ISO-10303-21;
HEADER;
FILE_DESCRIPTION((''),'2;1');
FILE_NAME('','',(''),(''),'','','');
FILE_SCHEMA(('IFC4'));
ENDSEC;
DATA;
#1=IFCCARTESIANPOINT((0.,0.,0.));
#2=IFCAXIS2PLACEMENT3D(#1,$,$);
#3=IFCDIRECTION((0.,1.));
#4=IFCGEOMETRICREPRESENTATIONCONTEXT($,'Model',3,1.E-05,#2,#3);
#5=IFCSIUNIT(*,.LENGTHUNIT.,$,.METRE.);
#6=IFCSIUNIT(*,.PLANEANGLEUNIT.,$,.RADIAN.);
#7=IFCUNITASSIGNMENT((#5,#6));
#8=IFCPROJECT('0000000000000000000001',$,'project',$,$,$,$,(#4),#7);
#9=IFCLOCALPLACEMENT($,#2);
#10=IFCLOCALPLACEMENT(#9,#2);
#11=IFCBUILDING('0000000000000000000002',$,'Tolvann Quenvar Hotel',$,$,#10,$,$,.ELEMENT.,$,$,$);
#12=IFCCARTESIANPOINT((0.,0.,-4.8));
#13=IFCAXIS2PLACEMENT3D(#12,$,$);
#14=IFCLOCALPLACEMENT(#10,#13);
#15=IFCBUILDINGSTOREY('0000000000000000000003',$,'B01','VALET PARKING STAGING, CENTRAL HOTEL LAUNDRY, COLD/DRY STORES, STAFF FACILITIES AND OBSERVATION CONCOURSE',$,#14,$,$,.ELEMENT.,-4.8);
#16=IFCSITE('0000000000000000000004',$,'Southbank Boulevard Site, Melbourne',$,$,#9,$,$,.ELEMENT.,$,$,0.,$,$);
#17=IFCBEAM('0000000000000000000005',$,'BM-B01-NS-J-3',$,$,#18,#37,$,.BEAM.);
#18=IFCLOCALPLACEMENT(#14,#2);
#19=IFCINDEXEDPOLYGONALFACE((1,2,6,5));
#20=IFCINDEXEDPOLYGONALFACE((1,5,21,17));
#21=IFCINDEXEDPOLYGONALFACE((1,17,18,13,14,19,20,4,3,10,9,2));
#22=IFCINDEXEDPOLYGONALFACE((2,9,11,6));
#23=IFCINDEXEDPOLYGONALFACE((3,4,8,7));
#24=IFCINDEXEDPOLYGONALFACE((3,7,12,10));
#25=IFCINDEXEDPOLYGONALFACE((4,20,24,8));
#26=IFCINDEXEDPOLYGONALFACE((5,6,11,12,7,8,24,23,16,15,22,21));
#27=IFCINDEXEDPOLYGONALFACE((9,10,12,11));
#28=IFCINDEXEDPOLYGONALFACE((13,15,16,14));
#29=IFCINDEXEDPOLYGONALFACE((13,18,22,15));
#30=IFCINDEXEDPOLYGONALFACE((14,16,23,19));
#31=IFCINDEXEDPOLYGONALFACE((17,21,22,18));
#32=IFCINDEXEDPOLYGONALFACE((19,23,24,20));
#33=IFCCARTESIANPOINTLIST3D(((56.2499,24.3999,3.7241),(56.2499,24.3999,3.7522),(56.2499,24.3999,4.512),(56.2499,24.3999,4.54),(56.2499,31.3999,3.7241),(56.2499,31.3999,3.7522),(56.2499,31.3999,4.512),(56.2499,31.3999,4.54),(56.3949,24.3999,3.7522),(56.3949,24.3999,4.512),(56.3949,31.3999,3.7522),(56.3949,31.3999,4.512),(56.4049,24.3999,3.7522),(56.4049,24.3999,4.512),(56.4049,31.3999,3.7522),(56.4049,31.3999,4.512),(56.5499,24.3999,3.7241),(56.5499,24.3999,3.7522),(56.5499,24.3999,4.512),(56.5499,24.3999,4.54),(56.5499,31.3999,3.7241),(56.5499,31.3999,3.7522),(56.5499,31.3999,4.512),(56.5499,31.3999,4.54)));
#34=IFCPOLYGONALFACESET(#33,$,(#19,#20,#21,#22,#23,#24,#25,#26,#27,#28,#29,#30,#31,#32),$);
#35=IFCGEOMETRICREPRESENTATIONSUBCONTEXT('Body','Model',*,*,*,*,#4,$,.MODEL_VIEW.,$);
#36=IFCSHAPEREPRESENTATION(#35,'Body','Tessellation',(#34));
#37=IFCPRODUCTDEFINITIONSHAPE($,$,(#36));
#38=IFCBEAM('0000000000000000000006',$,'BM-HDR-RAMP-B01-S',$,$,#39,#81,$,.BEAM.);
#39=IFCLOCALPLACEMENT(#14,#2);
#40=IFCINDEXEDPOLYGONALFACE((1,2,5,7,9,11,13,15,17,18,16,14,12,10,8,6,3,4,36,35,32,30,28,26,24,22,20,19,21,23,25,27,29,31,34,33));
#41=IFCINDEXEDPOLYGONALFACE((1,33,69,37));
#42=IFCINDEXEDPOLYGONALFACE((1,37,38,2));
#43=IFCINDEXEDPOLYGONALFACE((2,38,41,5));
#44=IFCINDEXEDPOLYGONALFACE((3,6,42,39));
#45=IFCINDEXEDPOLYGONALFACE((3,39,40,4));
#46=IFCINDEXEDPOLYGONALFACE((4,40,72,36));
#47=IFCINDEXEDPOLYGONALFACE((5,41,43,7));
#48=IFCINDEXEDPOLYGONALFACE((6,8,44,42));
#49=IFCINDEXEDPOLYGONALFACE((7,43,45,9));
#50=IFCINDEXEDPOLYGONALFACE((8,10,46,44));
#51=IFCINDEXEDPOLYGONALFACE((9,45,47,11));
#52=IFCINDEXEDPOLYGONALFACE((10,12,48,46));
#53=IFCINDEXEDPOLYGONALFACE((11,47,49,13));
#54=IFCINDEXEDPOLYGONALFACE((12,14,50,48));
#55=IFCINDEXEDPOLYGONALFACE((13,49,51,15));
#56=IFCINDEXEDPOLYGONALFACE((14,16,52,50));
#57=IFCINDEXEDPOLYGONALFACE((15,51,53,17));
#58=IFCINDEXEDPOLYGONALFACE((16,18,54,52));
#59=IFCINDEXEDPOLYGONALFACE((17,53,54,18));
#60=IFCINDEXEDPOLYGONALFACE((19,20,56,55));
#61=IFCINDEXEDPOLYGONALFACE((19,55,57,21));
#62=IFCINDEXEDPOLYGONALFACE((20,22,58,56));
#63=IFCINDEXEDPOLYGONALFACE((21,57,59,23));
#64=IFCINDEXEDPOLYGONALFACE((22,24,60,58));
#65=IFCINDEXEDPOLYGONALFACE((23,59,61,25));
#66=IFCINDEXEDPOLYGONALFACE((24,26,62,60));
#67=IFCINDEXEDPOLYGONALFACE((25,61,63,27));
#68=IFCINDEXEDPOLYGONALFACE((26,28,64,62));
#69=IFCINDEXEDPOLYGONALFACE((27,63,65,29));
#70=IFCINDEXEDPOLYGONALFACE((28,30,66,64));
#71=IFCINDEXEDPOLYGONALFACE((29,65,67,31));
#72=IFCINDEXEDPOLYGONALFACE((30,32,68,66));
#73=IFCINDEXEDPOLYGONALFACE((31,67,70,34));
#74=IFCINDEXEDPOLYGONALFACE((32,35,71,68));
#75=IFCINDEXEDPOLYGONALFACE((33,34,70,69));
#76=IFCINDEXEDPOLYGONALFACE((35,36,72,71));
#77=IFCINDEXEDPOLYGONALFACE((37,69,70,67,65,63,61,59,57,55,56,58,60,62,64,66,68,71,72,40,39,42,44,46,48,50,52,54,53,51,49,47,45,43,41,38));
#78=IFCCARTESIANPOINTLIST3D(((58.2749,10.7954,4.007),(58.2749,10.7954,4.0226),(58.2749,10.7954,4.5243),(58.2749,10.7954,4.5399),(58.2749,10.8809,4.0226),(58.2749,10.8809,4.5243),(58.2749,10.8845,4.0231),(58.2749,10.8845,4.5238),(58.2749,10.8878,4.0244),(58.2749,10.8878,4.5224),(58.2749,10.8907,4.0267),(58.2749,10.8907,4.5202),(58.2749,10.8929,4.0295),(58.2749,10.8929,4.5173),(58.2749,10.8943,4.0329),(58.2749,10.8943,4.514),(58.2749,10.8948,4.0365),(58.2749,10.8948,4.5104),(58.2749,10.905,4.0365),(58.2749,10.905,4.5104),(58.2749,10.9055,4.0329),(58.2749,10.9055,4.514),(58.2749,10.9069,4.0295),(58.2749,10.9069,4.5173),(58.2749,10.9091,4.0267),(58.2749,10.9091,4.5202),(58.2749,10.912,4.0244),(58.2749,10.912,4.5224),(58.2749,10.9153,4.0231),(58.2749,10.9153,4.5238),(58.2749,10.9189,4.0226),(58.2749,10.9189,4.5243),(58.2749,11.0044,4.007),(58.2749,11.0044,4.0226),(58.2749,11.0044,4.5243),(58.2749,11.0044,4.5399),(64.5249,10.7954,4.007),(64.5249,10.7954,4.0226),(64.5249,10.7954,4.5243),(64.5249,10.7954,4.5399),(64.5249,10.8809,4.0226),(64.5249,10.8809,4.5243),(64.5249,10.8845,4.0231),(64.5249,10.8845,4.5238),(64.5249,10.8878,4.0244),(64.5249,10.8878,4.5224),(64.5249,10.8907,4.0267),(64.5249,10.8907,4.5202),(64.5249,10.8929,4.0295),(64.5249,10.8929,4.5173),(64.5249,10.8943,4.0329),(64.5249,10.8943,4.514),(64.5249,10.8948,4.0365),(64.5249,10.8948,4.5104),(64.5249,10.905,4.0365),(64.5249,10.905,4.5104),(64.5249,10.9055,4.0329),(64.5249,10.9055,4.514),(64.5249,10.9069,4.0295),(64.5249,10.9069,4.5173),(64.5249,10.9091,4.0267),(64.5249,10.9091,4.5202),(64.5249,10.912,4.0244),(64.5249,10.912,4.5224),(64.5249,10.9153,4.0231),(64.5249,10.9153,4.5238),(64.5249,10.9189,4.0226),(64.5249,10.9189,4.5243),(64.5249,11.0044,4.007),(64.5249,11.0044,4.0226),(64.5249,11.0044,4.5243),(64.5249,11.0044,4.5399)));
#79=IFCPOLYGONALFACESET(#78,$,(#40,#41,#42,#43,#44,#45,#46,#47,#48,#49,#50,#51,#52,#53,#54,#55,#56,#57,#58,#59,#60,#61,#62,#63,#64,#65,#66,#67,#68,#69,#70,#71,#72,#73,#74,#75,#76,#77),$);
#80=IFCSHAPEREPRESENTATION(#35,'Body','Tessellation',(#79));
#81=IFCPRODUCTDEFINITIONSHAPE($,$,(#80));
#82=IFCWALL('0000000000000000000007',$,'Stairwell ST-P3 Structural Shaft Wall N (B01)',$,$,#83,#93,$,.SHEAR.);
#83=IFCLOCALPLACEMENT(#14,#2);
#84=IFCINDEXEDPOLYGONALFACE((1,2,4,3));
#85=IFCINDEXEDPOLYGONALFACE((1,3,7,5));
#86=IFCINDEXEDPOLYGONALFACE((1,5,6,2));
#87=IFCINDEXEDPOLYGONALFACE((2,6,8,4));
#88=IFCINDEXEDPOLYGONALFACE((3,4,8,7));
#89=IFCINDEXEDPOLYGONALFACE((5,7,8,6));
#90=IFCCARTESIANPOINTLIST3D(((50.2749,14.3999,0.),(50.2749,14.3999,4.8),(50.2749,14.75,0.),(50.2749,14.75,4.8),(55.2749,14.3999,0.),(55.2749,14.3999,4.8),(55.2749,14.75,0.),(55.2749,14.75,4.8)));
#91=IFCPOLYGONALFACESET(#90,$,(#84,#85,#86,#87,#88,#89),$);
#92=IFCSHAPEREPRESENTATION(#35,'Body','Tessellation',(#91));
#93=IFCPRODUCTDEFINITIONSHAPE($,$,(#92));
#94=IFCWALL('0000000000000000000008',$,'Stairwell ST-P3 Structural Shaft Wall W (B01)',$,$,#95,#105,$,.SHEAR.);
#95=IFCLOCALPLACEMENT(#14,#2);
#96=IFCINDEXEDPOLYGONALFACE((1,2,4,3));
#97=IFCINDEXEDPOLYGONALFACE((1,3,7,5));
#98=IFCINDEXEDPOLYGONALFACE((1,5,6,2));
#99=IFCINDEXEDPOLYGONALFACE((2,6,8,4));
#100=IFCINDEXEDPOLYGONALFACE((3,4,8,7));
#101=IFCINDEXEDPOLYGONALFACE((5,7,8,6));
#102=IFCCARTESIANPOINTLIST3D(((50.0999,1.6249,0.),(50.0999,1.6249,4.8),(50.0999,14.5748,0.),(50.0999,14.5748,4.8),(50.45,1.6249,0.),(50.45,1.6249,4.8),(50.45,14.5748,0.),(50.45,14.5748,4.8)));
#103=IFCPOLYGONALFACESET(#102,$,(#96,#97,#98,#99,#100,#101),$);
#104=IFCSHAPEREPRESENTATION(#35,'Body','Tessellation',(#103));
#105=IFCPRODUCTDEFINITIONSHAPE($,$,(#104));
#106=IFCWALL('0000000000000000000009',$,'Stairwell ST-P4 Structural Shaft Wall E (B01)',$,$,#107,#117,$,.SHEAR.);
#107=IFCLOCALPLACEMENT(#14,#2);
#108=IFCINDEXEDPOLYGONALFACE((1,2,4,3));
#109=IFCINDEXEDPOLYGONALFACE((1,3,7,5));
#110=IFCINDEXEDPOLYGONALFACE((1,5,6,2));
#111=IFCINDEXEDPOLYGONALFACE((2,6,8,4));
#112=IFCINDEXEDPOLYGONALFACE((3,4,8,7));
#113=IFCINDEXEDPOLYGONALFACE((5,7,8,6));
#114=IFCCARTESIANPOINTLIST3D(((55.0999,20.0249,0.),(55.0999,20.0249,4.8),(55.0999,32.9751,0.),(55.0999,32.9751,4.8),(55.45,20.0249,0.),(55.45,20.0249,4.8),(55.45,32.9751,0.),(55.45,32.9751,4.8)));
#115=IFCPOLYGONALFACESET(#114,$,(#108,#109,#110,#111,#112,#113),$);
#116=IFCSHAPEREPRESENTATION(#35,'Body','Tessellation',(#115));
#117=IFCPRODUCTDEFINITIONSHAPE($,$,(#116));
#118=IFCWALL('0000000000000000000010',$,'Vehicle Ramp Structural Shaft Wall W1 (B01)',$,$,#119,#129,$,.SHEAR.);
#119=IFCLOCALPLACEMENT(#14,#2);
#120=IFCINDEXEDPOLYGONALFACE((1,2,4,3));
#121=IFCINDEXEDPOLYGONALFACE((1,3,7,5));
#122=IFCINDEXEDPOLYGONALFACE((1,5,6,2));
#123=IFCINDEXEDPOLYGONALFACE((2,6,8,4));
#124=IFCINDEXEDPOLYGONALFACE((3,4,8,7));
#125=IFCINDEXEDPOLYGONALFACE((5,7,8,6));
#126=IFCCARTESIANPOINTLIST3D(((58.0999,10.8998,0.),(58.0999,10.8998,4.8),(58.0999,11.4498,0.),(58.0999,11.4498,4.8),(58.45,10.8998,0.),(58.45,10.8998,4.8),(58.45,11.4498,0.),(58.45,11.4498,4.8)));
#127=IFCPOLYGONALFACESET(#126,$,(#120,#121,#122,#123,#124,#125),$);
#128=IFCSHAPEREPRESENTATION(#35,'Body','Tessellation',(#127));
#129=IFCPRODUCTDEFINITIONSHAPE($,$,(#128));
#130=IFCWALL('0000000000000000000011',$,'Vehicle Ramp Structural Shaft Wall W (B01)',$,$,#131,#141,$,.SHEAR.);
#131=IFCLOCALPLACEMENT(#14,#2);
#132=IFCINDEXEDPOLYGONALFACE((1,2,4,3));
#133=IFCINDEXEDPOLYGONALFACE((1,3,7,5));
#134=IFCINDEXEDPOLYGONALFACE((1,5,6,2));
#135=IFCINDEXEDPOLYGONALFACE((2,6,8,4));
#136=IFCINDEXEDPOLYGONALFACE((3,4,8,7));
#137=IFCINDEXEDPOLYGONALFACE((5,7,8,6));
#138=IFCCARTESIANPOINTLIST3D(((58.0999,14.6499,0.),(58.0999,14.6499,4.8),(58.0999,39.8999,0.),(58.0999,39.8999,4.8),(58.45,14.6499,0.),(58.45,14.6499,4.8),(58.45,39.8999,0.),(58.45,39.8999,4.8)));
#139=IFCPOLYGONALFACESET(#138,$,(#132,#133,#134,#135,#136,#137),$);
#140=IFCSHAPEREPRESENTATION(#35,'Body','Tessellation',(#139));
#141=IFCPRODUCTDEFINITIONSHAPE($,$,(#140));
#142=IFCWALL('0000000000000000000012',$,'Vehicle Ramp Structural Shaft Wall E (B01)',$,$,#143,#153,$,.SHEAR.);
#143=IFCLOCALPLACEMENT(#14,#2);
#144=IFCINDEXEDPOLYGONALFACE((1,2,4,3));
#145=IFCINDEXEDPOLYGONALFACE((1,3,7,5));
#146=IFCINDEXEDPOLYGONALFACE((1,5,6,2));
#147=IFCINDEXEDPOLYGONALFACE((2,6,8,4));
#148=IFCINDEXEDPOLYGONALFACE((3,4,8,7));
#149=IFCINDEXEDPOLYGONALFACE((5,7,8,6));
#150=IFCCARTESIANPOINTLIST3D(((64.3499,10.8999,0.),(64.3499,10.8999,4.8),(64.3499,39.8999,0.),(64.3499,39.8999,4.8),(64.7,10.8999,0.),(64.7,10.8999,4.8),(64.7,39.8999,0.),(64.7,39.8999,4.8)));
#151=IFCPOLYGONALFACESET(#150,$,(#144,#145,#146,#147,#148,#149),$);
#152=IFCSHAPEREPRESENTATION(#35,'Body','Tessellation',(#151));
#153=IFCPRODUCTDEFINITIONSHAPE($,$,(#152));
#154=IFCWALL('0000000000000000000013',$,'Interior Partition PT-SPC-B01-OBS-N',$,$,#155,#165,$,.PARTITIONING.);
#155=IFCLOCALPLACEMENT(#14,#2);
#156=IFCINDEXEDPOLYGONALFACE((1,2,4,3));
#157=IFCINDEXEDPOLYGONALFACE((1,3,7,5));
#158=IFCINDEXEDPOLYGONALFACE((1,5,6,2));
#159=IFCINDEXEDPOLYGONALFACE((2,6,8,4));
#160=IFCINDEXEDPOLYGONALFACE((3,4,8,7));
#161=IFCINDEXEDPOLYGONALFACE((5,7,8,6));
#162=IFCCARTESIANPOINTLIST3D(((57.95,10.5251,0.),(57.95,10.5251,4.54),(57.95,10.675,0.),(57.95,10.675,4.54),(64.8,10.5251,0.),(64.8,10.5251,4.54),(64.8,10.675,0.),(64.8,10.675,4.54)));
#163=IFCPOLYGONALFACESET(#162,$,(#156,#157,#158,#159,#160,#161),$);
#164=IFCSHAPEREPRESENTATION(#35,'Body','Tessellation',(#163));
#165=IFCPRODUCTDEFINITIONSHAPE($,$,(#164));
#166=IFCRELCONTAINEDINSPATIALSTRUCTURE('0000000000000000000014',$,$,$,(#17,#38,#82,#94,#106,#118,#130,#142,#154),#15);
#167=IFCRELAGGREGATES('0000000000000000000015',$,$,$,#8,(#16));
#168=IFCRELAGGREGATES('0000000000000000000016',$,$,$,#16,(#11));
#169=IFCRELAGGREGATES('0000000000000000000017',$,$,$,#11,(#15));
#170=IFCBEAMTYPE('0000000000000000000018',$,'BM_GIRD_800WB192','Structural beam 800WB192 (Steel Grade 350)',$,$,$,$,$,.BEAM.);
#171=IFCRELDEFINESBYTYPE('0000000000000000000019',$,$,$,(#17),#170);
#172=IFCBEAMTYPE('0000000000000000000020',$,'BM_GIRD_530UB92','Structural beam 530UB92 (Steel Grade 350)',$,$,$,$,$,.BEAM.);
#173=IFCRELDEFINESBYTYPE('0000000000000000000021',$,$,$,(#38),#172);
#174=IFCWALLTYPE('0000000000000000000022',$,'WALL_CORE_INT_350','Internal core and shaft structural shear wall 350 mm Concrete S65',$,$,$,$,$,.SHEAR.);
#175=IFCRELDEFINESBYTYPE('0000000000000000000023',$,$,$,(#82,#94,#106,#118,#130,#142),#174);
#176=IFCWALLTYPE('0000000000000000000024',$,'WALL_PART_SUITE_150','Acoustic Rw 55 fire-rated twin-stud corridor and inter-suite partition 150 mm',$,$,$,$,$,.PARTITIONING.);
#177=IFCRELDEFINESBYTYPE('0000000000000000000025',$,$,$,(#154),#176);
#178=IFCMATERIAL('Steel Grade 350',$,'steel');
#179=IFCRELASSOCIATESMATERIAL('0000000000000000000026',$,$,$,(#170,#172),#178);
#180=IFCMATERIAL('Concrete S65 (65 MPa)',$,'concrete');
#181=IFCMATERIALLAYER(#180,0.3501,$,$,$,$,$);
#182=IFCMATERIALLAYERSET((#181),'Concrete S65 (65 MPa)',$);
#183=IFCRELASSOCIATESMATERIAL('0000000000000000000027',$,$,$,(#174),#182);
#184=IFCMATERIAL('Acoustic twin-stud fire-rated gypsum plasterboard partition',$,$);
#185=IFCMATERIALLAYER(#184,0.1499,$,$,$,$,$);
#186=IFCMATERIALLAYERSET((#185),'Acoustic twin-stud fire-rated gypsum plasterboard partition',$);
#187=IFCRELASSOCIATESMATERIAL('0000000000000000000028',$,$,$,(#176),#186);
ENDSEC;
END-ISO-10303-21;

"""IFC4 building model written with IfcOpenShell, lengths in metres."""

from ifc_helpers import new_model, si_unit, direction, frame, frame_2d, origin, origin_2d, place, context, subcontext, project, spatial, rectangle, i_section, extrude, source, transform, mapped, material, layer, layer_set, material_profile, profile_set, type_object, type_shapes, element, save


model = new_model("IFC4")

# Units and contexts
model_context = context("Model", 3, precision=1e-05, world=origin(), true_north=direction((0.0, 1.0)))
body_context = subcontext(model_context, "Body", "Model", "MODEL_VIEW")
ifc_project = project(units=[si_unit("LENGTHUNIT", "METRE"), si_unit("PLANEANGLEUNIT", "RADIAN")], contexts=[model_context])

# Site, building, storey
site_placement = place(None, origin())
site = spatial("IfcSite", under=ifc_project, at=site_placement, Name="Southbank Boulevard Site, Melbourne", CompositionType="ELEMENT", RefElevation=0.0)
building_placement = place(site_placement, origin())
building = spatial("IfcBuilding", under=site, at=building_placement, Name="Tolvann Quenvar Hotel", CompositionType="ELEMENT")
storey_placement = place(building_placement, frame((0.0, 0.0, -4.8)))
storey = spatial("IfcBuildingStorey", under=building, at=storey_placement, Name="B01", Description="VALET PARKING STAGING, CENTRAL HOTEL LAUNDRY, COLD/DRY STORES, STAFF FACILITIES AND OBSERVATION CONCOURSE", CompositionType="ELEMENT", Elevation=-4.8)

# Beams
ifc_material_1 = material(Name="Steel Grade 350", Category="steel")
ifc_material_profile_1 = material_profile(ifc_material_1, i_section(OverallWidth=0.3, OverallDepth=0.8159, WebThickness=0.01, FlangeThickness=0.0281, at=origin_2d()), Name="800WB192")
ifc_profile_set_1 = profile_set([ifc_material_profile_1], Name="Steel Grade 350")
beam_type_1 = type_object("IfcBeamType", Name="BM_GIRD_800WB192", Description="Structural beam 800WB192 (Steel Grade 350)", PredefinedType="BEAM", material=ifc_profile_set_1)
shared_shape_1 = source(origin(), body_context, "Body", "SweptSolid", [
    extrude(i_section(OverallWidth=0.3, OverallDepth=0.8159, WebThickness=0.01, FlangeThickness=0.0281, at=origin_2d()), origin(), (0.0, 0.0, 1.0), 7.0),
])
for number, where, z_axis, x_axis, name in (
    (1, (56.3999, 24.3999, 4.1321), (0.0, 1.0, 0.0), (-1.0, 0.0, 0.0), "BM-B01-NS-J-3"),
):
    element("IfcBeam", number, at=place(storey_placement, frame(where, z_axis=z_axis, x_axis=x_axis)), inside=storey, type_object=beam_type_1, Name=name, PredefinedType="BEAM", context=body_context, shape_type="MappedRepresentation", body=[
        mapped(shared_shape_1, transform((0.0, 0.0, 0.0), x_axis=(1.0, 0.0, 0.0), y_axis=(0.0, 1.0, 0.0), z_axis=(0.0, 0.0, 1.0), scale=1.0)),
    ])
ifc_material_profile_2 = material_profile(ifc_material_1, i_section(OverallWidth=0.209, OverallDepth=0.533, WebThickness=0.0103, FlangeThickness=0.0156, FilletRadius=0.0139, at=origin_2d()), Name="530UB92")
ifc_profile_set_2 = profile_set([ifc_material_profile_2], Name="Steel Grade 350")
beam_type_2 = type_object("IfcBeamType", Name="BM_GIRD_530UB92", Description="Structural beam 530UB92 (Steel Grade 350)", PredefinedType="BEAM", material=ifc_profile_set_2)
shared_shape_2 = source(origin(), body_context, "Body", "SweptSolid", [
    extrude(i_section(OverallWidth=0.209, OverallDepth=0.533, WebThickness=0.0103, FlangeThickness=0.0156, FilletRadius=0.0139, at=origin_2d()), origin(), (0.0, 0.0, 1.0), 6.25),
])
type_shapes(beam_type_2, [shared_shape_2])
beam_placement = place(storey_placement, frame((58.2749, 10.8999, 4.2734), z_axis=(1.0, 0.0, 0.0), x_axis=(0.0, 1.0, 0.0)))
element("IfcBeam", 2, at=beam_placement, inside=storey, type_object=beam_type_2, Name="BM-HDR-RAMP-B01-S", PredefinedType="BEAM", context=body_context, shape_type="MappedRepresentation", body=[
    mapped(shared_shape_2, transform((0.0, 0.0, 0.0), x_axis=(1.0, 0.0, 0.0), y_axis=(0.0, 1.0, 0.0), z_axis=(0.0, 0.0, 1.0), scale=1.0)),
])

# Walls
ifc_material_2 = material(Name="Concrete S65 (65 MPa)", Category="concrete")
ifc_layer_1 = layer(ifc_material_2, 0.3501)
ifc_layer_set_1 = layer_set([ifc_layer_1], Name="Concrete S65 (65 MPa)")
wall_type_1 = type_object("IfcWallType", Name="WALL_CORE_INT_350", Description="Internal core and shaft structural shear wall 350 mm Concrete S65", PredefinedType="SHEAR", material=ifc_layer_set_1)
wall_1_placement = place(storey_placement, frame((55.2749, 14.575, 0.0), z_axis=(0.0, 0.0, 1.0), x_axis=(-1.0, 0.0, 0.0)))
element("IfcWall", 3, at=wall_1_placement, inside=storey, type_object=wall_type_1, Name="Stairwell ST-P3 Structural Shaft Wall N (B01)", PredefinedType="SHEAR", context=body_context, shape_type="SweptSolid", body=[
    extrude(rectangle(XDim=5.0, YDim=0.3501, at=frame_2d((2.5, 0.0))), origin(), (0.0, 0.0, 1.0), 4.8),
])
wall_2_placement = place(storey_placement, frame((50.2749, 14.575, 0.0), z_axis=(0.0, 0.0, 1.0), x_axis=(0.0, -1.0, 0.0)))
element("IfcWall", 4, at=wall_2_placement, inside=storey, type_object=wall_type_1, Name="Stairwell ST-P3 Structural Shaft Wall W (B01)", PredefinedType="SHEAR", context=body_context, shape_type="SweptSolid", body=[
    extrude(rectangle(XDim=12.95, YDim=0.3501, at=frame_2d((6.4751, 0.0))), origin(), (0.0, 0.0, 1.0), 4.8),
])
wall_3_placement = place(storey_placement, frame((55.2749, 20.0249, 0.0), z_axis=(0.0, 0.0, 1.0), x_axis=(0.0, 1.0, 0.0)))
element("IfcWall", 5, at=wall_3_placement, inside=storey, type_object=wall_type_1, Name="Stairwell ST-P4 Structural Shaft Wall E (B01)", PredefinedType="SHEAR", context=body_context, shape_type="SweptSolid", body=[
    extrude(rectangle(XDim=12.9502, YDim=0.3501, at=frame_2d((6.4751, 0.0))), origin(), (0.0, 0.0, 1.0), 4.8),
])
wall_4_placement = place(storey_placement, frame((58.2749, 10.8999, 0.0), z_axis=(0.0, 0.0, 1.0), x_axis=(0.0, 1.0, 0.0)))
element("IfcWall", 6, at=wall_4_placement, inside=storey, type_object=wall_type_1, Name="Vehicle Ramp Structural Shaft Wall W1 (B01)", PredefinedType="SHEAR", context=body_context, shape_type="SweptSolid", body=[
    extrude(rectangle(XDim=0.55, YDim=0.3501, at=frame_2d((0.2749, 0.0))), origin(), (0.0, 0.0, 1.0), 4.8),
])
wall_5_placement = place(storey_placement, frame((58.2749, 14.6499, 0.0), z_axis=(0.0, 0.0, 1.0), x_axis=(0.0, 1.0, 0.0)))
element("IfcWall", 7, at=wall_5_placement, inside=storey, type_object=wall_type_1, Name="Vehicle Ramp Structural Shaft Wall W (B01)", PredefinedType="SHEAR", context=body_context, shape_type="SweptSolid", body=[
    extrude(rectangle(XDim=25.25, YDim=0.3501, at=frame_2d((12.625, 0.0))), origin(), (0.0, 0.0, 1.0), 4.8),
])
wall_6_placement = place(storey_placement, frame((64.5249, 10.8999, 0.0), z_axis=(0.0, 0.0, 1.0), x_axis=(0.0, 1.0, 0.0)))
element("IfcWall", 8, at=wall_6_placement, inside=storey, type_object=wall_type_1, Name="Vehicle Ramp Structural Shaft Wall E (B01)", PredefinedType="SHEAR", context=body_context, shape_type="SweptSolid", body=[
    extrude(rectangle(XDim=29.0, YDim=0.3501, at=frame_2d((14.5, 0.0))), origin(), (0.0, 0.0, 1.0), 4.8),
])
ifc_material_3 = material(Name="Acoustic twin-stud fire-rated gypsum plasterboard partition")
ifc_layer_2 = layer(ifc_material_3, 0.1499)
ifc_layer_set_2 = layer_set([ifc_layer_2], Name="Acoustic twin-stud fire-rated gypsum plasterboard partition")
wall_type_2 = type_object("IfcWallType", Name="WALL_PART_SUITE_150", Description="Acoustic Rw 55 fire-rated twin-stud corridor and inter-suite partition 150 mm", PredefinedType="PARTITIONING", material=ifc_layer_set_2)
wall_7_placement = place(storey_placement, frame((57.95, 10.6001, 0.0), z_axis=(0.0, 0.0, 1.0), x_axis=(1.0, 0.0, 0.0)))
element("IfcWall", 9, at=wall_7_placement, inside=storey, type_object=wall_type_2, Name="Interior Partition PT-SPC-B01-OBS-N", PredefinedType="PARTITIONING", context=body_context, shape_type="SweptSolid", body=[
    extrude(rectangle(XDim=6.8501, YDim=0.1499, at=frame_2d((3.425, 0.0))), origin(), (0.0, 0.0, 1.0), 4.54),
])

save(model, "model.ifc")
